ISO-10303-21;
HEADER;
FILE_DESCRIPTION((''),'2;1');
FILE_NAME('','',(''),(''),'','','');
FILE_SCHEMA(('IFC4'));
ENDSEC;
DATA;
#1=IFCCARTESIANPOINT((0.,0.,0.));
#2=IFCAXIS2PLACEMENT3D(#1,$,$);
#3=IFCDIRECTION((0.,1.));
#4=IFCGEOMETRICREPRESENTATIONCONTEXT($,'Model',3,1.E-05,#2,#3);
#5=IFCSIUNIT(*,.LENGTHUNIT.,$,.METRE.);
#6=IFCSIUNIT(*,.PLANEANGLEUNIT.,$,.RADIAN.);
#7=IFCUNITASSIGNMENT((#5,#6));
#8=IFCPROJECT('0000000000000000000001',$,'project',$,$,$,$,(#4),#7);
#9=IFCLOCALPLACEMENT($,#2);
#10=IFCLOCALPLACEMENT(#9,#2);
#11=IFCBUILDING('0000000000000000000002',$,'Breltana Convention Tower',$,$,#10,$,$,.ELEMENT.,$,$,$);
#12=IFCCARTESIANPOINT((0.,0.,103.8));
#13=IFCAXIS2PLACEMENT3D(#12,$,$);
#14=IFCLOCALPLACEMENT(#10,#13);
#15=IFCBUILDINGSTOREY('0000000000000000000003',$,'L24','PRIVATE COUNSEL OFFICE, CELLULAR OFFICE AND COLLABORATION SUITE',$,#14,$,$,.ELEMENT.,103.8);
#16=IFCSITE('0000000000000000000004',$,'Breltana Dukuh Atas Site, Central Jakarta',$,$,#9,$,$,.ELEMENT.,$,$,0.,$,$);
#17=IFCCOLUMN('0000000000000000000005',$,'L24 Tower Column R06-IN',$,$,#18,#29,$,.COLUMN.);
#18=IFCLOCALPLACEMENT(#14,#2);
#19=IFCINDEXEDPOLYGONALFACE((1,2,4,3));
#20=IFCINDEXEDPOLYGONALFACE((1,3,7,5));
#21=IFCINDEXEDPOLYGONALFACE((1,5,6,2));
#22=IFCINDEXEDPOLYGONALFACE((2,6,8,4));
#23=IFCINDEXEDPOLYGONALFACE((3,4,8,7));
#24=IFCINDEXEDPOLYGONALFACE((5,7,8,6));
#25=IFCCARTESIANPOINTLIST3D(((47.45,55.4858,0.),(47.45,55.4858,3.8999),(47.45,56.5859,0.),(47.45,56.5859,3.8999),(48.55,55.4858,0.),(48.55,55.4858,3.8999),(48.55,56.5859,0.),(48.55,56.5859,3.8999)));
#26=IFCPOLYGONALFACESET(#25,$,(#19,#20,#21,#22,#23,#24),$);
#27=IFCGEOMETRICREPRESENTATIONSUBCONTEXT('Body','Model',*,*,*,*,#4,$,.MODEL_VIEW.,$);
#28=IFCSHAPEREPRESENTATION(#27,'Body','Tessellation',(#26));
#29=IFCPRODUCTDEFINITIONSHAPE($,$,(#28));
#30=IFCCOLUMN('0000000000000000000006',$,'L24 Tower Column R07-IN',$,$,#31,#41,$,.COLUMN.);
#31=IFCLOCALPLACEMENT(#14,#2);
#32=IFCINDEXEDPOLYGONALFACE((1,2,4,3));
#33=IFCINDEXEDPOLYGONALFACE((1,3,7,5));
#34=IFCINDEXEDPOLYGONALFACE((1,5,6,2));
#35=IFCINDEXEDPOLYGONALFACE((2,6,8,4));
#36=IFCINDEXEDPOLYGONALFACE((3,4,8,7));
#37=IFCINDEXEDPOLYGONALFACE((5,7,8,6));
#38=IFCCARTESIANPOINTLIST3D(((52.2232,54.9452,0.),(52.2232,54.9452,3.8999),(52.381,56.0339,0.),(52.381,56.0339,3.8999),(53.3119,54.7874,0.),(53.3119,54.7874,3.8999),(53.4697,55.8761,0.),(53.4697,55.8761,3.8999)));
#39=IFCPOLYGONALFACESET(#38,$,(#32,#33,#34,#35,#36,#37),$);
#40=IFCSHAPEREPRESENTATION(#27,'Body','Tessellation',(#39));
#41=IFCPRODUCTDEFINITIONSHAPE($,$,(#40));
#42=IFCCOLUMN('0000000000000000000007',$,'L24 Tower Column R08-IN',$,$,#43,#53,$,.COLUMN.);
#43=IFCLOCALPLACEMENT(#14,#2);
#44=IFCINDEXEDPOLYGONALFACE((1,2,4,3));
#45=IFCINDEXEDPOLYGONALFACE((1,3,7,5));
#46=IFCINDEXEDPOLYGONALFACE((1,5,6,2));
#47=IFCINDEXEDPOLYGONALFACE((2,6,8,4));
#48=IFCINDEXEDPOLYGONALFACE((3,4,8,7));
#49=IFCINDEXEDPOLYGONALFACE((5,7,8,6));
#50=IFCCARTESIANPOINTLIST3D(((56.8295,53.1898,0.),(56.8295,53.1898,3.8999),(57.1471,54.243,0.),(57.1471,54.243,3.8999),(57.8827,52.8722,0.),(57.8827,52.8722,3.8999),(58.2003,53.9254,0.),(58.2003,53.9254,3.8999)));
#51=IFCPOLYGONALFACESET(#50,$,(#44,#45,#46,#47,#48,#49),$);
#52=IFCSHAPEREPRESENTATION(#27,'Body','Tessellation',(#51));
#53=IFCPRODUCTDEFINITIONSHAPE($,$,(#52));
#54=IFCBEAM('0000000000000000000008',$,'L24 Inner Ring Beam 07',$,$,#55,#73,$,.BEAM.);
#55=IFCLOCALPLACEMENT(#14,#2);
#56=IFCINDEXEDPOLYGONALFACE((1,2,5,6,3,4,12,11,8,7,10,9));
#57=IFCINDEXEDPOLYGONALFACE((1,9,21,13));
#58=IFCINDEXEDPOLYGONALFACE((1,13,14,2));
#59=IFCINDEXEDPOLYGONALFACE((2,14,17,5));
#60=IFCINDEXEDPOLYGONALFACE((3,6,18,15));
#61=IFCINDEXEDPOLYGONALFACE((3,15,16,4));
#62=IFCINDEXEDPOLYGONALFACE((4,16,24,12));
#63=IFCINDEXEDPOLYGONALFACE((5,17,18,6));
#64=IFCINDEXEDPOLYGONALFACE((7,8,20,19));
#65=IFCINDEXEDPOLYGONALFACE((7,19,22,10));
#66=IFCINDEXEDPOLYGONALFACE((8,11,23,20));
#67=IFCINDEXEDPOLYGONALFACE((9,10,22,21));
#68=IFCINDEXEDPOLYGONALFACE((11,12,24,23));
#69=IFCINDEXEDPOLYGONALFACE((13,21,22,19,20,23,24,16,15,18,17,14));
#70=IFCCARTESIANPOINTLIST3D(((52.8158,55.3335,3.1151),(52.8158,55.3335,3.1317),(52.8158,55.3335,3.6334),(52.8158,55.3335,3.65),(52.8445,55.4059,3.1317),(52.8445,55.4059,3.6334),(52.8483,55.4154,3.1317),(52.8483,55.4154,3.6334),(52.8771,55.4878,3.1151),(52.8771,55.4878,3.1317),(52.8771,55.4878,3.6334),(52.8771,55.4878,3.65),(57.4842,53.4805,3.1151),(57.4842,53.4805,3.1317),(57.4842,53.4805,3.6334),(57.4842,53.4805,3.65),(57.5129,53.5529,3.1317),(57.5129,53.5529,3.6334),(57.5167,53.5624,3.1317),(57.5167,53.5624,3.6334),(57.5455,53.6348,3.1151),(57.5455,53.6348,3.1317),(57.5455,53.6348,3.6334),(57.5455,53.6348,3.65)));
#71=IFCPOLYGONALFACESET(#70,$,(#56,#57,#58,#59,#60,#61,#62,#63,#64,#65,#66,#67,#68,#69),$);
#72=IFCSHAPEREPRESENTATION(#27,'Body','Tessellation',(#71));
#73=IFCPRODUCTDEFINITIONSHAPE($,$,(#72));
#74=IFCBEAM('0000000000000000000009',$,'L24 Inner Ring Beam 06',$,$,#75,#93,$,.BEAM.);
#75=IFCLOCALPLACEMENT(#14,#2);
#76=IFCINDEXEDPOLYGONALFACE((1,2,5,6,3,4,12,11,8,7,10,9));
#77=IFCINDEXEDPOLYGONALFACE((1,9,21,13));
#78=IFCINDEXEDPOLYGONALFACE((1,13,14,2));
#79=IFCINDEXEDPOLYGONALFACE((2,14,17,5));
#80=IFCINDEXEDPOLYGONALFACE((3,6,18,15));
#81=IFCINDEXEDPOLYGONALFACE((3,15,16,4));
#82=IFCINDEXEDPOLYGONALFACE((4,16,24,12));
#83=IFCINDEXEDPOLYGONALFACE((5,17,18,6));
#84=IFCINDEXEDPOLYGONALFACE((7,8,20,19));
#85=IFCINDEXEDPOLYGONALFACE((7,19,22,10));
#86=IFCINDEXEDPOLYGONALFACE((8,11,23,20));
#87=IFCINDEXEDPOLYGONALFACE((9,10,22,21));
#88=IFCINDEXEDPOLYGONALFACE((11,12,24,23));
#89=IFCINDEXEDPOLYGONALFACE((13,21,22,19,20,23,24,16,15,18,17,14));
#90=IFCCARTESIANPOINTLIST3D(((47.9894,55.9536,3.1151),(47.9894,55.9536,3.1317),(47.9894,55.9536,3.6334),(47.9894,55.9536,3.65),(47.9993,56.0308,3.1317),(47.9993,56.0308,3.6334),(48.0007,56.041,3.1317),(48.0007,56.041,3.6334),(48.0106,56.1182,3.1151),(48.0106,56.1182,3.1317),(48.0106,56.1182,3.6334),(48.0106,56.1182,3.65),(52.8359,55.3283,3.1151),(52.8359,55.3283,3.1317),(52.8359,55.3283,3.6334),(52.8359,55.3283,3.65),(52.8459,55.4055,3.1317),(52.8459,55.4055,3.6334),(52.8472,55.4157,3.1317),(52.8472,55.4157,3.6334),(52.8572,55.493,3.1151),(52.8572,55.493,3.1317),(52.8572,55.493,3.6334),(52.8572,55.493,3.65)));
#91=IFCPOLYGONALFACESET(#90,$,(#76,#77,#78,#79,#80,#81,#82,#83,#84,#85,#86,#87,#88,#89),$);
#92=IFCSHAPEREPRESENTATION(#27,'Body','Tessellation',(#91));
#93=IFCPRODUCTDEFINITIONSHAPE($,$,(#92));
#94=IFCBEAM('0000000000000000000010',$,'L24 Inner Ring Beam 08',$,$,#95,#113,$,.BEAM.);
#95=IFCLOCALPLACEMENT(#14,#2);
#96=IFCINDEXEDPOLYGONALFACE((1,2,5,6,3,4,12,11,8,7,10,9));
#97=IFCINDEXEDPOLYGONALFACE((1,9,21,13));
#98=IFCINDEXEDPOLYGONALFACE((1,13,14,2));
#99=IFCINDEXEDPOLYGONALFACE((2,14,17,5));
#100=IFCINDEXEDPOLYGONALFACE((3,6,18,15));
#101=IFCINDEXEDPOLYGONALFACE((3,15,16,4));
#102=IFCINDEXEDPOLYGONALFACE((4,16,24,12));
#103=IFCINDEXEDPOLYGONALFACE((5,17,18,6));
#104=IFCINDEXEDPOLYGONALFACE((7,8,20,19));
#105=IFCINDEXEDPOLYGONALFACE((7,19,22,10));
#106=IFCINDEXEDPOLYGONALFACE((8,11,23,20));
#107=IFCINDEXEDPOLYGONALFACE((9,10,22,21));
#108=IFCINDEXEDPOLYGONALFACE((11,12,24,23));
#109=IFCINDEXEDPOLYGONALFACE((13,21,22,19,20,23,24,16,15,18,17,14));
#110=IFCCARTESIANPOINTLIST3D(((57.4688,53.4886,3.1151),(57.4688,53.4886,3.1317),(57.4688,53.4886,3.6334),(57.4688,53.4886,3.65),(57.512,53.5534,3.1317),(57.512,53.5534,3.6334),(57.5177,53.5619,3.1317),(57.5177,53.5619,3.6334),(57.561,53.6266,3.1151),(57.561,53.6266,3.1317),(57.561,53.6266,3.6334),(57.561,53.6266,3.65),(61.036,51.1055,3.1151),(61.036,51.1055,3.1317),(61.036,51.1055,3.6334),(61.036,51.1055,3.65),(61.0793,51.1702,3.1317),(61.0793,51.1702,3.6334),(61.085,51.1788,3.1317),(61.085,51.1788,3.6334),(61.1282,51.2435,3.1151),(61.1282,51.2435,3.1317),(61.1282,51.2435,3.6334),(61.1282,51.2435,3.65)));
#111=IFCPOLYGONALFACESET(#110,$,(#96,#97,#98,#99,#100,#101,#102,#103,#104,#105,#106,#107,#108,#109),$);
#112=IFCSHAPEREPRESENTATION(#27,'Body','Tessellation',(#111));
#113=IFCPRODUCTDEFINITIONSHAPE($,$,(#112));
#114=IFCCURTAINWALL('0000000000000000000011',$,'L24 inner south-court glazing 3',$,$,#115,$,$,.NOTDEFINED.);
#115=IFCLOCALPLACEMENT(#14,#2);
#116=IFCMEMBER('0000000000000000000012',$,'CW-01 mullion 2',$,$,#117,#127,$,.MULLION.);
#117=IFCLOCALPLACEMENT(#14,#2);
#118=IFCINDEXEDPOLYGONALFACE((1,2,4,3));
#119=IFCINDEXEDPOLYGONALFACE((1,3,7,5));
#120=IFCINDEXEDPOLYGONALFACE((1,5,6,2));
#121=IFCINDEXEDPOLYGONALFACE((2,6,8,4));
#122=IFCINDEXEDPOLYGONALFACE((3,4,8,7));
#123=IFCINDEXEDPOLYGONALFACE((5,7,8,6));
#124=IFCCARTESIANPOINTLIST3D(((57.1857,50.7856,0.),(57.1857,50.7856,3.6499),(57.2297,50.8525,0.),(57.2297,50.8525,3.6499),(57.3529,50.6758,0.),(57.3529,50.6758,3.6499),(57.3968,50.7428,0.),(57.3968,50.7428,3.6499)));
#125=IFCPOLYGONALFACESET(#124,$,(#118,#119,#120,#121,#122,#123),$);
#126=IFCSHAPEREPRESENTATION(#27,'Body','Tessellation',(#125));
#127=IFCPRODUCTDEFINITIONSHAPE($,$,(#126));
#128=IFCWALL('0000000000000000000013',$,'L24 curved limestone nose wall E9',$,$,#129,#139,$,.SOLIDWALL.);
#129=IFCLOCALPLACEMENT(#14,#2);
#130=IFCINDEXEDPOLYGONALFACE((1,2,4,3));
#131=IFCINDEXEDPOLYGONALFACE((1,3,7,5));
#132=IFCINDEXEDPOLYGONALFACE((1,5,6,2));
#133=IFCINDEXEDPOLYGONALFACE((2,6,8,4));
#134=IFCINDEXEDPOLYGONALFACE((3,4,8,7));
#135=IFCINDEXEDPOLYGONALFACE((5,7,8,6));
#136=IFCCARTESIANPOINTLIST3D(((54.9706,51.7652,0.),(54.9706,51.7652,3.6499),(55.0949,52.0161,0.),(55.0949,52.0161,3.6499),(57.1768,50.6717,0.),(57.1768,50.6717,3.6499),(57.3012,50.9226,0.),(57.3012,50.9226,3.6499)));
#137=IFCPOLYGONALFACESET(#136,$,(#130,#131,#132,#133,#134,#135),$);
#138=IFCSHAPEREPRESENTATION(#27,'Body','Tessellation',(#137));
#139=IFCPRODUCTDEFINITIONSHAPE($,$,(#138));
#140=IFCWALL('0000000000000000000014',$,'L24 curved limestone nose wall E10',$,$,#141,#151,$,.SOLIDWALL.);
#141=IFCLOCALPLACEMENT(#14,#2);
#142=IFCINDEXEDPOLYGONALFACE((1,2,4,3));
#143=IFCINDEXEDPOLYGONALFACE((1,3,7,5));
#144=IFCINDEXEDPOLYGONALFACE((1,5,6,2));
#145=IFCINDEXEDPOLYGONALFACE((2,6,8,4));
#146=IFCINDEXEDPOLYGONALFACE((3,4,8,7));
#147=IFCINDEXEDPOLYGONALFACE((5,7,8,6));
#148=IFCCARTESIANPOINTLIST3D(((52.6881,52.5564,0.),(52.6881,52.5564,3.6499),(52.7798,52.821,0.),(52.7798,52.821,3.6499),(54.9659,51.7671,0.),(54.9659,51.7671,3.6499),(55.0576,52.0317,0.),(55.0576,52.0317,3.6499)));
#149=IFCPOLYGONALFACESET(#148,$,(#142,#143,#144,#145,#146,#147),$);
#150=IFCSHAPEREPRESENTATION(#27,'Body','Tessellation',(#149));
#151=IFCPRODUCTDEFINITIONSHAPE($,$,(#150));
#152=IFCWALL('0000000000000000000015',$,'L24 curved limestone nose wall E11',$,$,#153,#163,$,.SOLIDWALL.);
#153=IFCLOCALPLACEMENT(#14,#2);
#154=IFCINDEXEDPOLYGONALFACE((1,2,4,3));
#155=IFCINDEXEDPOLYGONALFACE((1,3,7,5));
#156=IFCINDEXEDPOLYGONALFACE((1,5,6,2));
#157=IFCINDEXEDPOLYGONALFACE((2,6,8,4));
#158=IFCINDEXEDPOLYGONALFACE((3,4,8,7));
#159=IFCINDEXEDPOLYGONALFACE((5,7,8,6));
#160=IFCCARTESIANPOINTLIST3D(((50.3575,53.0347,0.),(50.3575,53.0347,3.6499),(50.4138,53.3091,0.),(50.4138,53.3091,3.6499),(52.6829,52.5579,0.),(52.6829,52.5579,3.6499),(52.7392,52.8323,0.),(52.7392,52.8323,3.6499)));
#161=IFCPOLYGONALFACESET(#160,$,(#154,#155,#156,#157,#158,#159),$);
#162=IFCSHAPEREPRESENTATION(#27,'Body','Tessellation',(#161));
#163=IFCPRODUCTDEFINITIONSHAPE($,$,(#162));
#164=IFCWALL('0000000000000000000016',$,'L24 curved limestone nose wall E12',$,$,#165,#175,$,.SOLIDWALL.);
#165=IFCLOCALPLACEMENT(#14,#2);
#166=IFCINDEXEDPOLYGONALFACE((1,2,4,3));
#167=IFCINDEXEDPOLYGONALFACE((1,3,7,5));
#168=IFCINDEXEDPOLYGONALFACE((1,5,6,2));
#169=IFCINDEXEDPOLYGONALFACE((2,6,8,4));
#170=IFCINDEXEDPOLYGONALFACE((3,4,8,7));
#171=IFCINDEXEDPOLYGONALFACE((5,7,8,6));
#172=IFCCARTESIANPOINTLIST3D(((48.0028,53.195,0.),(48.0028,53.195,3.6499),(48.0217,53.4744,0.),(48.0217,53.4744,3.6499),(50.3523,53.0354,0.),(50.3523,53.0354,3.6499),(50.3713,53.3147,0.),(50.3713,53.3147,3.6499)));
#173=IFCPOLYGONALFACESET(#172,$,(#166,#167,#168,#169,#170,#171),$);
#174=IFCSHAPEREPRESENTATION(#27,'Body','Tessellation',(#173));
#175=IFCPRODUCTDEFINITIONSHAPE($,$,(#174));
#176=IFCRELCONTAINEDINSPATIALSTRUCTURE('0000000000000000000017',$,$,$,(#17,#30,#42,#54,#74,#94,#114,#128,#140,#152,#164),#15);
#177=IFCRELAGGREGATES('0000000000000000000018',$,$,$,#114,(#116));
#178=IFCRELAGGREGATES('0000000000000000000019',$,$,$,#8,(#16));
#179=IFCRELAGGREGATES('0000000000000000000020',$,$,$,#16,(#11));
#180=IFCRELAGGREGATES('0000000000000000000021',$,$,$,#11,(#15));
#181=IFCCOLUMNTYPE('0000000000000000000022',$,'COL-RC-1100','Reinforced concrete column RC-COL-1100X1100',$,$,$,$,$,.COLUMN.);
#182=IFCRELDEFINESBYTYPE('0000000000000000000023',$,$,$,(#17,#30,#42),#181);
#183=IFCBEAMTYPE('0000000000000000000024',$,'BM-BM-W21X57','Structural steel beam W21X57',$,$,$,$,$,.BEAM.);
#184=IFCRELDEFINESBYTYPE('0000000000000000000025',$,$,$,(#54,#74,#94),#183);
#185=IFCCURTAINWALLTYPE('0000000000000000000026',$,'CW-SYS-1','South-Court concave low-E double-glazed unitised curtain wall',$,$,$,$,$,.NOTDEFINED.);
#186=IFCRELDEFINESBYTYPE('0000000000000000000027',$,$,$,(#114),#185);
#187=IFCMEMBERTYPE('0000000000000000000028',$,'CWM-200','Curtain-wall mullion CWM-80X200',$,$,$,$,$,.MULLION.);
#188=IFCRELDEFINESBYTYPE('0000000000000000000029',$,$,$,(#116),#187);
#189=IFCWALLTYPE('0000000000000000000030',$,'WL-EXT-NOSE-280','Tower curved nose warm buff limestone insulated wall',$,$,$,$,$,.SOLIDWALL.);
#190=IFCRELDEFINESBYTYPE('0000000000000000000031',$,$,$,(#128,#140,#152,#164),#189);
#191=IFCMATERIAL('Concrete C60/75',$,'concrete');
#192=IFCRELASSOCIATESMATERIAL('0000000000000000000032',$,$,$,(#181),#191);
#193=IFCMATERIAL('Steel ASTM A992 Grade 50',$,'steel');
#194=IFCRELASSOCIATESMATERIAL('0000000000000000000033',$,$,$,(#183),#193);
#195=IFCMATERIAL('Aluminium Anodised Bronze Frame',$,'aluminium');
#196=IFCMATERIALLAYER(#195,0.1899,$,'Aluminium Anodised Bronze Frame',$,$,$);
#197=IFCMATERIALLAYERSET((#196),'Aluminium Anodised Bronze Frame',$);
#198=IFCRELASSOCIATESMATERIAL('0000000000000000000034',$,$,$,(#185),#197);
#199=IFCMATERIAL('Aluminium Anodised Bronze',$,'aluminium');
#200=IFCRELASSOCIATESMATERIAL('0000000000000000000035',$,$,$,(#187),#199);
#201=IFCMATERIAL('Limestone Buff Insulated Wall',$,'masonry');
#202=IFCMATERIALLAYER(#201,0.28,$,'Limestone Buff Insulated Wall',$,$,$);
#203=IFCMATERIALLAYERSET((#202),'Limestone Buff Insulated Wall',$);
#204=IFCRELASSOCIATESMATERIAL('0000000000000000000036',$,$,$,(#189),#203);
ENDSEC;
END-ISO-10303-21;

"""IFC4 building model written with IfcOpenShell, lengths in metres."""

from ifc_helpers import new_model, si_unit, direction, frame, frame_2d, origin, origin_2d, place, context, subcontext, project, spatial, rectangle, i_section, extrude, source, transform, mapped, material, layer, layer_set, material_profile, profile_set, type_object, element, aggregate, save


model = new_model("IFC4")

# Units and contexts
model_context = context("Model", 3, precision=1e-05, world=origin(), true_north=direction((0.0, 1.0)))
body_context = subcontext(model_context, "Body", "Model", "MODEL_VIEW")
ifc_project = project(units=[si_unit("LENGTHUNIT", "METRE"), si_unit("PLANEANGLEUNIT", "RADIAN")], contexts=[model_context])

# Site, building, storey
site_placement = place(None, origin())
site = spatial("IfcSite", under=ifc_project, at=site_placement, Name="Breltana Dukuh Atas Site, Central Jakarta", CompositionType="ELEMENT", RefElevation=0.0)
building_placement = place(site_placement, origin())
building = spatial("IfcBuilding", under=site, at=building_placement, Name="Breltana Convention Tower", CompositionType="ELEMENT")
storey_placement = place(building_placement, frame((0.0, 0.0, 103.8)))
storey = spatial("IfcBuildingStorey", under=building, at=storey_placement, Name="L24", Description="PRIVATE COUNSEL OFFICE, CELLULAR OFFICE AND COLLABORATION SUITE", CompositionType="ELEMENT", Elevation=103.8)

# Columns
ifc_material_1 = material(Name="Concrete C60/75", Category="concrete")
ifc_material_profile_1 = material_profile(ifc_material_1, rectangle(XDim=1.1001, YDim=1.1001, at=origin_2d()), Name="RC-COL-1100X1100")
ifc_profile_set_1 = profile_set([ifc_material_profile_1], Name="Concrete C60/75")
column_type = type_object("IfcColumnType", Name="COL-RC-1100", Description="Reinforced concrete column RC-COL-1100X1100", PredefinedType="COLUMN", material=ifc_profile_set_1)
shared_shape_1 = source(origin(), body_context, "Body", "SweptSolid", [
    extrude(rectangle(XDim=1.1001, YDim=1.1001, at=origin_2d()), origin(), (0.0, 0.0, 1.0), 3.8999),
])
for number, where, z_axis, x_axis, name in (
    (1, (48.0, 56.0359, 0.0), (0.0, 0.0, 1.0), (0.0, 1.0, 0.0), "L24 Tower Column R06-IN"),
    (2, (52.8464, 55.4106, 0.0), (0.0, 0.0, 1.0), (0.143493, 0.989651, 0.0), "L24 Tower Column R07-IN"),
    (3, (57.5149, 53.5576, 0.0), (0.0, 0.0, 1.0), (0.288698, 0.95742, 0.0), "L24 Tower Column R08-IN"),
):
    element("IfcColumn", number, at=place(storey_placement, frame(where, z_axis=z_axis, x_axis=x_axis)), inside=storey, type_object=column_type, Name=name, PredefinedType="COLUMN", context=body_context, shape_type="MappedRepresentation", body=[
        mapped(shared_shape_1, transform((0.0, 0.0, 0.0), scale=1.0)),
    ])

# Beams
ifc_material_2 = material(Name="Steel ASTM A992 Grade 50", Category="steel")
ifc_material_profile_2 = material_profile(ifc_material_2, i_section(OverallWidth=0.166, OverallDepth=0.5349, WebThickness=0.0103, FlangeThickness=0.0166, at=origin_2d()), Name="W21X57")
ifc_profile_set_2 = profile_set([ifc_material_profile_2], Name="Steel ASTM A992 Grade 50")
beam_type = type_object("IfcBeamType", Name="BM-BM-W21X57", Description="Structural steel beam W21X57", PredefinedType="BEAM", material=ifc_profile_set_2)
shared_shape_2 = source(origin(), body_context, "Body", "SweptSolid", [
    extrude(i_section(OverallWidth=0.166, OverallDepth=0.5349, WebThickness=0.0103, FlangeThickness=0.0166, at=origin_2d()), origin(), (0.0, 0.0, 1.0), 5.0227),
])
beam_1_placement = place(storey_placement, frame((52.8464, 55.4106, 3.3826), z_axis=(0.929459, -0.368926, 0.0), x_axis=(0.368926, 0.929459, 0.0)))
element("IfcBeam", 4, at=beam_1_placement, inside=storey, type_object=beam_type, Name="L24 Inner Ring Beam 07", PredefinedType="BEAM", context=body_context, shape_type="MappedRepresentation", body=[
    mapped(shared_shape_2, transform((0.0, 0.0, 0.0), scale=1.0)),
])
shared_shape_3 = source(origin(), body_context, "Body", "SweptSolid", [
    extrude(i_section(OverallWidth=0.166, OverallDepth=0.5349, WebThickness=0.0103, FlangeThickness=0.0166, at=origin_2d()), origin(), (0.0, 0.0, 1.0), 4.8867),
])
beam_2_placement = place(storey_placement, frame((48.0, 56.0359, 3.3826), z_axis=(0.991781, -0.127951, 0.0), x_axis=(0.127951, 0.991781, 0.0)))
element("IfcBeam", 5, at=beam_2_placement, inside=storey, type_object=beam_type, Name="L24 Inner Ring Beam 06", PredefinedType="BEAM", context=body_context, shape_type="MappedRepresentation", body=[
    mapped(shared_shape_3, transform((0.0, 0.0, 0.0), scale=1.0)),
])
shared_shape_4 = source(origin(), body_context, "Body", "SweptSolid", [
    extrude(i_section(OverallWidth=0.166, OverallDepth=0.5349, WebThickness=0.0103, FlangeThickness=0.0166, at=origin_2d()), origin(), (0.0, 0.0, 1.0), 4.29),
])
beam_3_placement = place(storey_placement, frame((57.5149, 53.5576, 3.3826), z_axis=(0.831516, -0.555501, 0.0), x_axis=(0.555501, 0.831516, 0.0)))
element("IfcBeam", 6, at=beam_3_placement, inside=storey, type_object=beam_type, Name="L24 Inner Ring Beam 08", PredefinedType="BEAM", context=body_context, shape_type="MappedRepresentation", body=[
    mapped(shared_shape_4, transform((0.0, 0.0, 0.0), scale=1.0)),
])

# Curtain wall, member
ifc_material_3 = material(Name="Aluminium Anodised Bronze Frame", Category="aluminium")
ifc_layer_1 = layer(ifc_material_3, 0.1899, Name="Aluminium Anodised Bronze Frame")
ifc_layer_set_1 = layer_set([ifc_layer_1], Name="Aluminium Anodised Bronze Frame")
curtain_wall_type = type_object("IfcCurtainWallType", Name="CW-SYS-1", Description="South-Court concave low-E double-glazed unitised curtain wall", PredefinedType="NOTDEFINED", material=ifc_layer_set_1)
curtain_wall_placement = place(storey_placement, origin())
curtain_wall = element("IfcCurtainWall", 7, at=curtain_wall_placement, inside=storey, type_object=curtain_wall_type, Name="L24 inner south-court glazing 3", PredefinedType="NOTDEFINED")
ifc_material_4 = material(Name="Aluminium Anodised Bronze", Category="aluminium")
ifc_material_profile_3 = material_profile(ifc_material_4, rectangle(XDim=0.0801, YDim=0.2, at=origin_2d()), Name="CWM-80X200")
ifc_profile_set_3 = profile_set([ifc_material_profile_3], Name="Aluminium Anodised Bronze")
member_type = type_object("IfcMemberType", Name="CWM-200", Description="Curtain-wall mullion CWM-80X200", PredefinedType="MULLION", material=ifc_profile_set_3)
shared_shape_5 = source(origin(), body_context, "Body", "SweptSolid", [
    extrude(rectangle(XDim=0.0801, YDim=0.2, at=origin_2d()), origin(), (0.0, 0.0, 1.0), 3.6499),
])
member_placement = place(storey_placement, frame((57.2913, 50.7642, 0.0), z_axis=(0.0, 0.0, 1.0), x_axis=(-0.548778, -0.835968, 0.0)))
member = element("IfcMember", 8, at=member_placement, type_object=member_type, Name="CW-01 mullion 2", PredefinedType="MULLION", context=body_context, shape_type="MappedRepresentation", body=[
    mapped(shared_shape_5, transform((0.0, 0.0, 0.0), scale=1.0)),
])
aggregate(curtain_wall, [member])

# Walls
ifc_material_5 = material(Name="Limestone Buff Insulated Wall", Category="masonry")
ifc_layer_2 = layer(ifc_material_5, 0.28, Name="Limestone Buff Insulated Wall")
ifc_layer_set_2 = layer_set([ifc_layer_2], Name="Limestone Buff Insulated Wall")
wall_type_1 = type_object("IfcWallType", Name="WL-EXT-NOSE-280", Description="Tower curved nose warm buff limestone insulated wall", PredefinedType="SOLIDWALL", material=ifc_layer_set_2)
shared_shape_6 = source(origin(), body_context, "Body", "SweptSolid", [
    extrude(rectangle(XDim=2.4624, YDim=0.28, at=frame_2d((1.2312, 0.0))), origin(), (0.0, 0.0, 1.0), 3.6499),
])
wall_1_placement = place(storey_placement, frame((57.239, 50.7971, 0.0), z_axis=(0.0, 0.0, 1.0), x_axis=(-0.895988, 0.444078, 0.0)))
element("IfcWall", 9, at=wall_1_placement, inside=storey, type_object=wall_type_1, Name="L24 curved limestone nose wall E9", PredefinedType="SOLIDWALL", context=body_context, shape_type="MappedRepresentation", body=[
    mapped(shared_shape_6, transform((0.0, 0.0, 0.0), scale=1.0)),
])
shared_shape_7 = source(origin(), body_context, "Body", "SweptSolid", [
    extrude(rectangle(XDim=2.4106, YDim=0.28, at=frame_2d((1.2053, 0.0))), origin(), (0.0, 0.0, 1.0), 3.6499),
])
wall_2_placement = place(storey_placement, frame((55.0117, 51.8994, 0.0), z_axis=(0.0, 0.0, 1.0), x_axis=(-0.94488, 0.327417, 0.0)))
element("IfcWall", 10, at=wall_2_placement, inside=storey, type_object=wall_type_1, Name="L24 curved limestone nose wall E10", PredefinedType="SOLIDWALL", context=body_context, shape_type="MappedRepresentation", body=[
    mapped(shared_shape_7, transform((0.0, 0.0, 0.0), scale=1.0)),
])
shared_shape_8 = source(origin(), body_context, "Body", "SweptSolid", [
    extrude(rectangle(XDim=2.3738, YDim=0.28, at=frame_2d((1.187, 0.0))), origin(), (0.0, 0.0, 1.0), 3.6499),
])
wall_3_placement = place(storey_placement, frame((52.7112, 52.6951, 0.0), z_axis=(0.0, 0.0, 1.0), x_axis=(-0.97962, 0.200861, 0.0)))
element("IfcWall", 11, at=wall_3_placement, inside=storey, type_object=wall_type_1, Name="L24 curved limestone nose wall E11", PredefinedType="SOLIDWALL", context=body_context, shape_type="MappedRepresentation", body=[
    mapped(shared_shape_8, transform((0.0, 0.0, 0.0), scale=1.0)),
])
shared_shape_9 = source(origin(), body_context, "Body", "SweptSolid", [
    extrude(rectangle(XDim=2.355, YDim=0.28, at=frame_2d((1.1775, 0.0))), origin(), (0.0, 0.0, 1.0), 3.6499),
])
wall_4_placement = place(storey_placement, frame((50.3618, 53.175, 0.0), z_axis=(0.0, 0.0, 1.0), x_axis=(-0.997699, 0.067799, 0.0)))
element("IfcWall", 12, at=wall_4_placement, inside=storey, type_object=wall_type_1, Name="L24 curved limestone nose wall E12", PredefinedType="SOLIDWALL", context=body_context, shape_type="MappedRepresentation", body=[
    mapped(shared_shape_9, transform((0.0, 0.0, 0.0), scale=1.0)),
])

save(model, "model.ifc")
